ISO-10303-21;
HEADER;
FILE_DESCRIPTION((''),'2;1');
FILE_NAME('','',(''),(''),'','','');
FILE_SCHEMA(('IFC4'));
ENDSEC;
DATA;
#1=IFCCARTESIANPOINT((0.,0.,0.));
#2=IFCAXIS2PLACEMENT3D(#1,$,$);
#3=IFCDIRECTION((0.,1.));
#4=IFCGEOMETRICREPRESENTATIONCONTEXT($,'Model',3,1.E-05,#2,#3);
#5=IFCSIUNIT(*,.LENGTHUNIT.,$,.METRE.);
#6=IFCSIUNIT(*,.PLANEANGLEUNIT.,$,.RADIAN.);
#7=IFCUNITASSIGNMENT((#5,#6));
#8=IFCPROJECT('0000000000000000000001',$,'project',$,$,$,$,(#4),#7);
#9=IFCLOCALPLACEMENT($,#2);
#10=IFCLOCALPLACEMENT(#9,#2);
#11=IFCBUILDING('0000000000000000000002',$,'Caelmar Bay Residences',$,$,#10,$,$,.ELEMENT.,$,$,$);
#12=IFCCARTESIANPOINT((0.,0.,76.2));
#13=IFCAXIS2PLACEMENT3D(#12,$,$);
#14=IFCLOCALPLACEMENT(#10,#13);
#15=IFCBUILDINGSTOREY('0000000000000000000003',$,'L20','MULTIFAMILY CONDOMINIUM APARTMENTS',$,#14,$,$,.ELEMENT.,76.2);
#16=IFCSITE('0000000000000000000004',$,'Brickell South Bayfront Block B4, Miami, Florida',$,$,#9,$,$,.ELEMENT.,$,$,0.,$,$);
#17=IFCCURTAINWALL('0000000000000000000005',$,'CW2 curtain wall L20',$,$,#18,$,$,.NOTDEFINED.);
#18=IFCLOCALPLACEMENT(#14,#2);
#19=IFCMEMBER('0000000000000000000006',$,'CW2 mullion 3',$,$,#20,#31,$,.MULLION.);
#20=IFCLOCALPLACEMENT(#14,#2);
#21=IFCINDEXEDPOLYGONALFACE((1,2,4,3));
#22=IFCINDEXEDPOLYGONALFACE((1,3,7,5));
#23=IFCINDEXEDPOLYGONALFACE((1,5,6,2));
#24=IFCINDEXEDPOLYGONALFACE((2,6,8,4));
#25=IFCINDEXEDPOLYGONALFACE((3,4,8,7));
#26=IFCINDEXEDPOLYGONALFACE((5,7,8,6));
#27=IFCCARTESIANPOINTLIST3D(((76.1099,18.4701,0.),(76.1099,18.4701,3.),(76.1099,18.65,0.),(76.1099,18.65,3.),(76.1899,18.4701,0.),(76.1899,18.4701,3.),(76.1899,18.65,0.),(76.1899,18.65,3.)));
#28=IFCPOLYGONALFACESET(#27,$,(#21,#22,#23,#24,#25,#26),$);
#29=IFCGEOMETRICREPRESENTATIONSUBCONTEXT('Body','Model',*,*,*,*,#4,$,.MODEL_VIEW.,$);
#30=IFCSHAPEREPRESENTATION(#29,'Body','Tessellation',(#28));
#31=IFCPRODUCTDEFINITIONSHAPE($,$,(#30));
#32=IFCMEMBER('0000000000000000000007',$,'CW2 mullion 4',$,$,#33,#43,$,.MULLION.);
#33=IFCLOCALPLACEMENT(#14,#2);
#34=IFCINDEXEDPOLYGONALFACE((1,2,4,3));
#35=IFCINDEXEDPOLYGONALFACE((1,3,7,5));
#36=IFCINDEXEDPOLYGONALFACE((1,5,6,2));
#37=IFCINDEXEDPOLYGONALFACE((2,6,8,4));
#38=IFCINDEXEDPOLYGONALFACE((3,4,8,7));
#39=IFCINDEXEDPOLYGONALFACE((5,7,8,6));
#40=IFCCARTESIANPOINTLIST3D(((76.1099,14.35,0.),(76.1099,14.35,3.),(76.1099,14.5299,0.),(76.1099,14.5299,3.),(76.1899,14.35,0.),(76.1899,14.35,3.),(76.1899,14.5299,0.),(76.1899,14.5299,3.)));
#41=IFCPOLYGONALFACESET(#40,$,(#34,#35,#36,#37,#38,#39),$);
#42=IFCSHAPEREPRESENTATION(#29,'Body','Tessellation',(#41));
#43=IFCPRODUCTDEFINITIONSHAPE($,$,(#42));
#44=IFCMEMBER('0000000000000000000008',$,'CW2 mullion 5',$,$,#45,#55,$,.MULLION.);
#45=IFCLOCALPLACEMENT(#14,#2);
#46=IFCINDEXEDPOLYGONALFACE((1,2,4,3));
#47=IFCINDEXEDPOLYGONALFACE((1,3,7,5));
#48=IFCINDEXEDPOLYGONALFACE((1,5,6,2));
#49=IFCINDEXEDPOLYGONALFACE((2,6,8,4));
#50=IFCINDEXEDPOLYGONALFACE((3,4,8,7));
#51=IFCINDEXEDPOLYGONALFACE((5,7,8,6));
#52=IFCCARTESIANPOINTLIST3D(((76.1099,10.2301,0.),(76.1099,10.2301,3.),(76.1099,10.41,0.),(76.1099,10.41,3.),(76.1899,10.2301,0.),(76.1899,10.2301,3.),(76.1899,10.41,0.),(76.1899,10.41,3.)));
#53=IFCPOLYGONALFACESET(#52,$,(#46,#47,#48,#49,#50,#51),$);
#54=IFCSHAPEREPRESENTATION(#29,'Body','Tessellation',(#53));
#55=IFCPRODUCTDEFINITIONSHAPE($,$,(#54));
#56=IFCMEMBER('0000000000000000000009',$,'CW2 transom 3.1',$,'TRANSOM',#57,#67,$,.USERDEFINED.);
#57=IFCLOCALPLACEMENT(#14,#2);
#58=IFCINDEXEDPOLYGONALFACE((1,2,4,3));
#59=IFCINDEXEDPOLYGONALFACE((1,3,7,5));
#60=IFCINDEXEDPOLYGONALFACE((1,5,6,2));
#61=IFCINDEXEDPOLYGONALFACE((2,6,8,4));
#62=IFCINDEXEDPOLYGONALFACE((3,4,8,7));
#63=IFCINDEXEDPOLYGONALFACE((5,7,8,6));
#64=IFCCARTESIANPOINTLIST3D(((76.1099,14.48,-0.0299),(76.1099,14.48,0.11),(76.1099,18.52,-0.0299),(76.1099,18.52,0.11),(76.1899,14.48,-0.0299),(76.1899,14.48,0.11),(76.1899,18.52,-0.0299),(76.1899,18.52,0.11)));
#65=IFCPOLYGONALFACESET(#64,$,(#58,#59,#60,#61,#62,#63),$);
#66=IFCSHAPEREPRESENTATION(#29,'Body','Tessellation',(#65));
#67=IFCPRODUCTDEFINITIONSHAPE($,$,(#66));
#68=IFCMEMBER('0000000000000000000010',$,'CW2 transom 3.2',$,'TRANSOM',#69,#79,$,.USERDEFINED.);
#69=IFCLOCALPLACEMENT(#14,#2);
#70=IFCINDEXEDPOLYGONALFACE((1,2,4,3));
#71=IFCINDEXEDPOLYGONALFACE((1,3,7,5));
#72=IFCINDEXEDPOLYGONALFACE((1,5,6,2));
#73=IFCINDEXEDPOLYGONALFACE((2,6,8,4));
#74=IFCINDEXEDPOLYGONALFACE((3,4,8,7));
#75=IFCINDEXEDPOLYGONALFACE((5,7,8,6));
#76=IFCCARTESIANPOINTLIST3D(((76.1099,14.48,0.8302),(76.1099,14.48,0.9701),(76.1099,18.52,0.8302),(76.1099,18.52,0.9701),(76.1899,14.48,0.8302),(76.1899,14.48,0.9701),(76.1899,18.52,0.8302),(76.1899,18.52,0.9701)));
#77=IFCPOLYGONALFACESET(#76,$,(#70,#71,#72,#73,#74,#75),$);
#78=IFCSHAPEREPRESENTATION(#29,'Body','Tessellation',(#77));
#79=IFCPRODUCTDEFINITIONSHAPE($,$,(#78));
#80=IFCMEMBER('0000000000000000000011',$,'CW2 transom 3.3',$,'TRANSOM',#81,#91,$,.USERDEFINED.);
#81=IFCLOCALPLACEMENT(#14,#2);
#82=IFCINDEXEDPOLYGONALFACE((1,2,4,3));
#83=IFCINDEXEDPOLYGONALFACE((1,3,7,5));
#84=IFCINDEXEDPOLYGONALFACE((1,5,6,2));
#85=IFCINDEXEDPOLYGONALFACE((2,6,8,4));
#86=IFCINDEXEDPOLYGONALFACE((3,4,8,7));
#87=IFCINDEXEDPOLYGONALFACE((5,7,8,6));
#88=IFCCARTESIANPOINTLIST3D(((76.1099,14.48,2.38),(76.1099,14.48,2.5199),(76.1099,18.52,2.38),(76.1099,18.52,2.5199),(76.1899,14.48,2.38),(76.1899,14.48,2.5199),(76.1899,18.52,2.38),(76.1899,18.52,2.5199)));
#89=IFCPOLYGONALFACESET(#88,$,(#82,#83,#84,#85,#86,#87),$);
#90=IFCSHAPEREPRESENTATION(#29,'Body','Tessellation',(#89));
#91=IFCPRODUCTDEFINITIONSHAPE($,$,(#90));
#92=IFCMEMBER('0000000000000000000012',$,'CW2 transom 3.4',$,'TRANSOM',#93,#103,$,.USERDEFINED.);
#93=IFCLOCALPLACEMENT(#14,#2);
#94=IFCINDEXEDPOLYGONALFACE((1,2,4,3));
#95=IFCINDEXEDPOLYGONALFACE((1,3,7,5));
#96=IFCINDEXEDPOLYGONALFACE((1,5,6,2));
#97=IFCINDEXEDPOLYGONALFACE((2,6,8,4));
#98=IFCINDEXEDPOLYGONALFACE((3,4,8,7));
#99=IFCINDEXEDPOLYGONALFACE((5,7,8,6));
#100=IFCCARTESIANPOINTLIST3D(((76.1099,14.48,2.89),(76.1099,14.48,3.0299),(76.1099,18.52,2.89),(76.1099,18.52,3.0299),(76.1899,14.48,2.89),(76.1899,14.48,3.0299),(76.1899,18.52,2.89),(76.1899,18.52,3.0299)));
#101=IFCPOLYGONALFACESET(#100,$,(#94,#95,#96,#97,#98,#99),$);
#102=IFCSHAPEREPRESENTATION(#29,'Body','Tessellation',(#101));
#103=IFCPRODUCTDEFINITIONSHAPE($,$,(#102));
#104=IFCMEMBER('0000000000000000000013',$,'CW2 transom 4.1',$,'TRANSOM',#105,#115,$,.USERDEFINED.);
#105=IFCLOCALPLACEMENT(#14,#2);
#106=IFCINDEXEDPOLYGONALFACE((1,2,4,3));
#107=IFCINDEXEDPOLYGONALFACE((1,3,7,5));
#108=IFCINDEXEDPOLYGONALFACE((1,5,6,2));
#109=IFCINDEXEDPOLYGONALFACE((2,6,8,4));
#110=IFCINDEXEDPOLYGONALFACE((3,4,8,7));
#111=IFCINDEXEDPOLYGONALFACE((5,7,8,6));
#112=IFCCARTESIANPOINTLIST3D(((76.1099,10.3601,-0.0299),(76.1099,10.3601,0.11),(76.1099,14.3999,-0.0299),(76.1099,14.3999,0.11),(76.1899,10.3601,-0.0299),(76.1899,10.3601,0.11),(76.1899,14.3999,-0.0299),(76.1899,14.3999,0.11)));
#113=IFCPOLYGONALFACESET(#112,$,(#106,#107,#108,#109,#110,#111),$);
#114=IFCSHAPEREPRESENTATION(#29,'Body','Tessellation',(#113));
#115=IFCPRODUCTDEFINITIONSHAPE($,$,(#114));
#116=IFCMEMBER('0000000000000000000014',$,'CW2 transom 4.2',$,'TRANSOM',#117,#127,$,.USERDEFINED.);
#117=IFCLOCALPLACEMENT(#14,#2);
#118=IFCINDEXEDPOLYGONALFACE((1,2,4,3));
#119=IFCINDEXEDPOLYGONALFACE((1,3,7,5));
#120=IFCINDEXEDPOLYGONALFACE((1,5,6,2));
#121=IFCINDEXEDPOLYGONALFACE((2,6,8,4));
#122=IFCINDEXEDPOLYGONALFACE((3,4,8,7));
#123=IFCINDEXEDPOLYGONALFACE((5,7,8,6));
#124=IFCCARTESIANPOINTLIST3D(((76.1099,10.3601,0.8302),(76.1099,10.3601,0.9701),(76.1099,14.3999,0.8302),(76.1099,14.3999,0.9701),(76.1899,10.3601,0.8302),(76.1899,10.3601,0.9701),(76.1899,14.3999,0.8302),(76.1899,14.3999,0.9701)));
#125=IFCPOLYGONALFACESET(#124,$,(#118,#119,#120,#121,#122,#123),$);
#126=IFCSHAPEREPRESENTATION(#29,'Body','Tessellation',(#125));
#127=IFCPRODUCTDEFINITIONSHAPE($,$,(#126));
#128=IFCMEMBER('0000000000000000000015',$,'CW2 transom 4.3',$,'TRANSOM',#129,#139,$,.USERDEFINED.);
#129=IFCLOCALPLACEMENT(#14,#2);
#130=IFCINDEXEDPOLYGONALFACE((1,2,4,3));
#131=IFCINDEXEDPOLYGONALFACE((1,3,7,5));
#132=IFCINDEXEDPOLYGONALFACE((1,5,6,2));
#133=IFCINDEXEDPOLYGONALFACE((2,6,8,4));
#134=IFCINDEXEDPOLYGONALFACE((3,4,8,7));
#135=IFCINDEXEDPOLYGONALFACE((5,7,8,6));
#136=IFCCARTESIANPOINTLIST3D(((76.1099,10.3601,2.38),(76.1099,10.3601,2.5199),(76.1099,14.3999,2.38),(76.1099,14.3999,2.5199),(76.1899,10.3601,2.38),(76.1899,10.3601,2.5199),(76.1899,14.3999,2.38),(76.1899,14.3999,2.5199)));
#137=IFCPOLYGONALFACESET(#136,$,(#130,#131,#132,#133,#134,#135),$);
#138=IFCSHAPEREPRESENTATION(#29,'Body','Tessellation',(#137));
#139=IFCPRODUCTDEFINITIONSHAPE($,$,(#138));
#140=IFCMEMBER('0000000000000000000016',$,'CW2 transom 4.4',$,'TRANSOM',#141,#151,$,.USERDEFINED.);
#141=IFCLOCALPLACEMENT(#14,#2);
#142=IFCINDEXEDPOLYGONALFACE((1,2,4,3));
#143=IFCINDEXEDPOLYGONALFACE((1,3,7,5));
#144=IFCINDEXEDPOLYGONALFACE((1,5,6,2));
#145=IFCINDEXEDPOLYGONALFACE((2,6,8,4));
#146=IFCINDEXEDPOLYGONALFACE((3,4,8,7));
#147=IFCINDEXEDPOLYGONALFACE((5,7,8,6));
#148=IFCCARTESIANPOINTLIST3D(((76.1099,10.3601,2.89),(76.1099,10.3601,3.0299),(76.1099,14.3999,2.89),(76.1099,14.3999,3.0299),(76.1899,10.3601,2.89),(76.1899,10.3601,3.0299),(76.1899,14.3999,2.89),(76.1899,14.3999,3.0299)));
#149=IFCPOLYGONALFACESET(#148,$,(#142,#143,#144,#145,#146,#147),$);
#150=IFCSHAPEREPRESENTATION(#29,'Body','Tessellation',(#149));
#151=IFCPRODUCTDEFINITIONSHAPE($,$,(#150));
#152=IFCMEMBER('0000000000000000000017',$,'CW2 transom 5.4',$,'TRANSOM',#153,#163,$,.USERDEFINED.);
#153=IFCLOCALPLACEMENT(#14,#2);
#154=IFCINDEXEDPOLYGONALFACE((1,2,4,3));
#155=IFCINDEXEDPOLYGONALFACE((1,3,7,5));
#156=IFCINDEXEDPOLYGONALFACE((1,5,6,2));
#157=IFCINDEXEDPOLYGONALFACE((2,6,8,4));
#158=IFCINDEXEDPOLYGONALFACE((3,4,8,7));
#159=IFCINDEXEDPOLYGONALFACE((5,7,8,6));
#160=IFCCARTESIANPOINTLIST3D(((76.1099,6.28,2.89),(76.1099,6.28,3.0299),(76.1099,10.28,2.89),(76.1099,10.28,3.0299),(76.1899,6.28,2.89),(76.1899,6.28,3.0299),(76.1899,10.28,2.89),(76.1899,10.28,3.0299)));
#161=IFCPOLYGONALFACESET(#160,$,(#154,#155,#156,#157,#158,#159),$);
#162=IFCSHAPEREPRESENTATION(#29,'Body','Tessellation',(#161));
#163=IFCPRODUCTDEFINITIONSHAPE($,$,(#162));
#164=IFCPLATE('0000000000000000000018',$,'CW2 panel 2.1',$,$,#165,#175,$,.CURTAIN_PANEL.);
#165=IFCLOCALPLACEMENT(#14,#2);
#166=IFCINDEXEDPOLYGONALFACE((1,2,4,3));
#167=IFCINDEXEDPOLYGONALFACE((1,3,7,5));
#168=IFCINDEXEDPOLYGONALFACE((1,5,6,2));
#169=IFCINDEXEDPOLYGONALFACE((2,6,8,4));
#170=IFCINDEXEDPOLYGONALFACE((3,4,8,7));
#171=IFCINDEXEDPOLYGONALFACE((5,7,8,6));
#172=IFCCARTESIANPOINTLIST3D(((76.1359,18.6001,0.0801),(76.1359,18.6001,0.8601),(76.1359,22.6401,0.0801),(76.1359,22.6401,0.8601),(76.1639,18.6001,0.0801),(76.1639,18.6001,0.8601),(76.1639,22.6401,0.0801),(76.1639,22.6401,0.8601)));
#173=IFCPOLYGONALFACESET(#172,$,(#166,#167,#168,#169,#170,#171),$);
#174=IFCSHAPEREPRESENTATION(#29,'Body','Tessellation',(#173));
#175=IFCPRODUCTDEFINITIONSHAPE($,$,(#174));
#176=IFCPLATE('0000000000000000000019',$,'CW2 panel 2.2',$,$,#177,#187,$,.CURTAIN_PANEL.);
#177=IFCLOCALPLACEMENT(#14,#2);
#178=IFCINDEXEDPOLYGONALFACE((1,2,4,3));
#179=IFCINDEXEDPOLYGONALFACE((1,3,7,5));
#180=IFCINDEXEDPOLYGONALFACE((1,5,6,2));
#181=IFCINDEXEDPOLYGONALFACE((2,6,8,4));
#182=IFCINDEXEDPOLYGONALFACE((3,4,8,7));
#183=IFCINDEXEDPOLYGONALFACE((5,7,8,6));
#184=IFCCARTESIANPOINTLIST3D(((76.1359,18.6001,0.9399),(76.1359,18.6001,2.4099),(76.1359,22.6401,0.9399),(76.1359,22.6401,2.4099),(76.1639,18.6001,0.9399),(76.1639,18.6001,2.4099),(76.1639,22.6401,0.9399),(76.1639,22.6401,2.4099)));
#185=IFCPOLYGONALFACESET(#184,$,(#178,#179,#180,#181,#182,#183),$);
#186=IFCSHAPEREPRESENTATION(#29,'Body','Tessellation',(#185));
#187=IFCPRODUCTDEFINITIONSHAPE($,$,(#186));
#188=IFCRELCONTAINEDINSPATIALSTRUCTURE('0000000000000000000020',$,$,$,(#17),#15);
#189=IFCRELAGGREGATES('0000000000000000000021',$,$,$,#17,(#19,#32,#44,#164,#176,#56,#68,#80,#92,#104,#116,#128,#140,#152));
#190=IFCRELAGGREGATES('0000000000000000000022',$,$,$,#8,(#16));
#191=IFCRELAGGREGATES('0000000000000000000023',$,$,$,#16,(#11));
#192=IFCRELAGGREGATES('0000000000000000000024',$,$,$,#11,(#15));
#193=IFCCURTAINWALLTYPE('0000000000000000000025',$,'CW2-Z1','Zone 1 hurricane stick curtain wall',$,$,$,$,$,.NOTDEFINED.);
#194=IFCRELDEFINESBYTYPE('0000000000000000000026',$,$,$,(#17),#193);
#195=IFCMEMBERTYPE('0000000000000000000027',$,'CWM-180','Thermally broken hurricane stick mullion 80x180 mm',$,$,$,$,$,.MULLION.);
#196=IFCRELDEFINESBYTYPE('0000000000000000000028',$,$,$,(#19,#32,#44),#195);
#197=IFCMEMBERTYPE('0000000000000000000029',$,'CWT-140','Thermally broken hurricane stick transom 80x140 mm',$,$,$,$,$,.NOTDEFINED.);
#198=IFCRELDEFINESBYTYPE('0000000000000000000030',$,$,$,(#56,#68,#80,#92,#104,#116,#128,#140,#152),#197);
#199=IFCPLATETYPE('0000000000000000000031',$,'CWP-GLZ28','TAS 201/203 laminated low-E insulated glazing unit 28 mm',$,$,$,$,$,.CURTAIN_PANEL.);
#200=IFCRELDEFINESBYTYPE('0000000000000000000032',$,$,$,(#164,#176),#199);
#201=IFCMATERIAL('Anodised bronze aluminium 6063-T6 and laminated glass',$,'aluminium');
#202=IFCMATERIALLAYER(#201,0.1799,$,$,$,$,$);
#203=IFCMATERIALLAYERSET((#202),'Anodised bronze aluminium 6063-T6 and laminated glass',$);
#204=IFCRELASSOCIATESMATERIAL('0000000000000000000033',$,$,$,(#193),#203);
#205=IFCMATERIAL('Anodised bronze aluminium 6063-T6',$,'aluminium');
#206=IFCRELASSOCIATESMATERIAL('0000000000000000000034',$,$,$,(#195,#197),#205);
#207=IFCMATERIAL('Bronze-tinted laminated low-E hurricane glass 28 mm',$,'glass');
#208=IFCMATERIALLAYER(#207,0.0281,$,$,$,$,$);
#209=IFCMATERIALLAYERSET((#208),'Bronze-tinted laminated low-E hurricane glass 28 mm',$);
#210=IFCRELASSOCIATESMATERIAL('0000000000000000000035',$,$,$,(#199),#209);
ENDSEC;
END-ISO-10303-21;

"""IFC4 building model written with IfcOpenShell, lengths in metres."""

from ifc_helpers import new_model, si_unit, direction, frame, origin, origin_2d, place, context, subcontext, project, spatial, rectangle, extrude, material, layer, layer_set, material_profile, profile_set, type_object, element, aggregate, save


model = new_model("IFC4")

# Units and contexts
model_context = context("Model", 3, precision=1e-05, world=origin(), true_north=direction((0.0, 1.0)))
body_context = subcontext(model_context, "Body", "Model", "MODEL_VIEW")
ifc_project = project(units=[si_unit("LENGTHUNIT", "METRE"), si_unit("PLANEANGLEUNIT", "RADIAN")], contexts=[model_context])

# Site, building, storey
site_placement = place(None, origin())
site = spatial("IfcSite", under=ifc_project, at=site_placement, Name="Brickell South Bayfront Block B4, Miami, Florida", CompositionType="ELEMENT", RefElevation=0.0)
building_placement = place(site_placement, origin())
building = spatial("IfcBuilding", under=site, at=building_placement, Name="Caelmar Bay Residences", CompositionType="ELEMENT")
storey_placement = place(building_placement, frame((0.0, 0.0, 76.2)))
storey = spatial("IfcBuildingStorey", under=building, at=storey_placement, Name="L20", Description="MULTIFAMILY CONDOMINIUM APARTMENTS", CompositionType="ELEMENT", Elevation=76.2)

# Curtain wall, members, plates
ifc_material_1 = material(Name="Anodised bronze aluminium 6063-T6 and laminated glass", Category="aluminium")
ifc_layer_1 = layer(ifc_material_1, 0.1799)
ifc_layer_set_1 = layer_set([ifc_layer_1], Name="Anodised bronze aluminium 6063-T6 and laminated glass")
curtain_wall_type = type_object("IfcCurtainWallType", Name="CW2-Z1", Description="Zone 1 hurricane stick curtain wall", PredefinedType="NOTDEFINED", material=ifc_layer_set_1)
curtain_wall_placement = place(storey_placement, origin())
curtain_wall = element("IfcCurtainWall", 1, at=curtain_wall_placement, inside=storey, type_object=curtain_wall_type, Name="CW2 curtain wall L20", PredefinedType="NOTDEFINED")
ifc_material_2 = material(Name="Anodised bronze aluminium 6063-T6", Category="aluminium")
ifc_material_profile_1 = material_profile(ifc_material_2, rectangle(XDim=0.0801, YDim=0.1799, at=origin_2d()), Name="CWM-80X180")
ifc_profile_set_1 = profile_set([ifc_material_profile_1], Name="Anodised bronze aluminium 6063-T6")
member_type_1 = type_object("IfcMemberType", Name="CWM-180", Description="Thermally broken hurricane stick mullion 80x180 mm", PredefinedType="MULLION", material=ifc_profile_set_1)
member_1_placement = place(storey_placement, frame((76.1499, 18.5601, 0.0), z_axis=(0.0, 0.0, 1.0), x_axis=(1.0, 0.0, 0.0)))
member_1 = element("IfcMember", 2, at=member_1_placement, type_object=member_type_1, Name="CW2 mullion 3", PredefinedType="MULLION", context=body_context, shape_type="SweptSolid", body=[
    extrude(rectangle(XDim=0.0801, YDim=0.1799, at=origin_2d()), origin(), (0.0, 0.0, 1.0), 3.0),
])
member_2_placement = place(storey_placement, frame((76.1499, 14.4399, 0.0), z_axis=(0.0, 0.0, 1.0), x_axis=(1.0, 0.0, 0.0)))
member_2 = element("IfcMember", 3, at=member_2_placement, type_object=member_type_1, Name="CW2 mullion 4", PredefinedType="MULLION", context=body_context, shape_type="SweptSolid", body=[
    extrude(rectangle(XDim=0.0801, YDim=0.1799, at=origin_2d()), origin(), (0.0, 0.0, 1.0), 3.0),
])
member_3_placement = place(storey_placement, frame((76.1499, 10.3201, 0.0), z_axis=(0.0, 0.0, 1.0), x_axis=(1.0, 0.0, 0.0)))
member_3 = element("IfcMember", 4, at=member_3_placement, type_object=member_type_1, Name="CW2 mullion 5", PredefinedType="MULLION", context=body_context, shape_type="SweptSolid", body=[
    extrude(rectangle(XDim=0.0801, YDim=0.1799, at=origin_2d()), origin(), (0.0, 0.0, 1.0), 3.0),
])
ifc_material_profile_2 = material_profile(ifc_material_2, rectangle(XDim=0.0801, YDim=0.1399, at=origin_2d()), Name="CWT-80X140")
ifc_profile_set_2 = profile_set([ifc_material_profile_2], Name="Anodised bronze aluminium 6063-T6")
member_type_2 = type_object("IfcMemberType", Name="CWT-140", Description="Thermally broken hurricane stick transom 80x140 mm", PredefinedType="NOTDEFINED", material=ifc_profile_set_2)
member_4_placement = place(storey_placement, frame((76.1499, 18.52, 0.04), z_axis=(0.0, -1.0, 0.0), x_axis=(1.0, 0.0, 0.0)))
member_4 = element("IfcMember", 5, at=member_4_placement, type_object=member_type_2, Name="CW2 transom 3.1", ObjectType="TRANSOM", PredefinedType="USERDEFINED", context=body_context, shape_type="SweptSolid", body=[
    extrude(rectangle(XDim=0.0801, YDim=0.1399, at=origin_2d()), origin(), (0.0, 0.0, 1.0), 4.04),
])
member_5_placement = place(storey_placement, frame((76.1499, 18.52, 0.9001), z_axis=(0.0, -1.0, 0.0), x_axis=(1.0, 0.0, 0.0)))
member_5 = element("IfcMember", 6, at=member_5_placement, type_object=member_type_2, Name="CW2 transom 3.2", ObjectType="TRANSOM", PredefinedType="USERDEFINED", context=body_context, shape_type="SweptSolid", body=[
    extrude(rectangle(XDim=0.0801, YDim=0.1399, at=origin_2d()), origin(), (0.0, 0.0, 1.0), 4.04),
])
member_6_placement = place(storey_placement, frame((76.1499, 18.52, 2.45), z_axis=(0.0, -1.0, 0.0), x_axis=(1.0, 0.0, 0.0)))
member_6 = element("IfcMember", 7, at=member_6_placement, type_object=member_type_2, Name="CW2 transom 3.3", ObjectType="TRANSOM", PredefinedType="USERDEFINED", context=body_context, shape_type="SweptSolid", body=[
    extrude(rectangle(XDim=0.0801, YDim=0.1399, at=origin_2d()), origin(), (0.0, 0.0, 1.0), 4.04),
])
member_7_placement = place(storey_placement, frame((76.1499, 18.52, 2.96), z_axis=(0.0, -1.0, 0.0), x_axis=(1.0, 0.0, 0.0)))
member_7 = element("IfcMember", 8, at=member_7_placement, type_object=member_type_2, Name="CW2 transom 3.4", ObjectType="TRANSOM", PredefinedType="USERDEFINED", context=body_context, shape_type="SweptSolid", body=[
    extrude(rectangle(XDim=0.0801, YDim=0.1399, at=origin_2d()), origin(), (0.0, 0.0, 1.0), 4.04),
])
member_8_placement = place(storey_placement, frame((76.1499, 14.3999, 0.04), z_axis=(0.0, -1.0, 0.0), x_axis=(1.0, 0.0, 0.0)))
member_8 = element("IfcMember", 9, at=member_8_placement, type_object=member_type_2, Name="CW2 transom 4.1", ObjectType="TRANSOM", PredefinedType="USERDEFINED", context=body_context, shape_type="SweptSolid", body=[
    extrude(rectangle(XDim=0.0801, YDim=0.1399, at=origin_2d()), origin(), (0.0, 0.0, 1.0), 4.0398),
])
member_9_placement = place(storey_placement, frame((76.1499, 14.3999, 0.9001), z_axis=(0.0, -1.0, 0.0), x_axis=(1.0, 0.0, 0.0)))
member_9 = element("IfcMember", 10, at=member_9_placement, type_object=member_type_2, Name="CW2 transom 4.2", ObjectType="TRANSOM", PredefinedType="USERDEFINED", context=body_context, shape_type="SweptSolid", body=[
    extrude(rectangle(XDim=0.0801, YDim=0.1399, at=origin_2d()), origin(), (0.0, 0.0, 1.0), 4.0398),
])
member_10_placement = place(storey_placement, frame((76.1499, 14.3999, 2.45), z_axis=(0.0, -1.0, 0.0), x_axis=(1.0, 0.0, 0.0)))
member_10 = element("IfcMember", 11, at=member_10_placement, type_object=member_type_2, Name="CW2 transom 4.3", ObjectType="TRANSOM", PredefinedType="USERDEFINED", context=body_context, shape_type="SweptSolid", body=[
    extrude(rectangle(XDim=0.0801, YDim=0.1399, at=origin_2d()), origin(), (0.0, 0.0, 1.0), 4.0398),
])
member_11_placement = place(storey_placement, frame((76.1499, 14.3999, 2.96), z_axis=(0.0, -1.0, 0.0), x_axis=(1.0, 0.0, 0.0)))
member_11 = element("IfcMember", 12, at=member_11_placement, type_object=member_type_2, Name="CW2 transom 4.4", ObjectType="TRANSOM", PredefinedType="USERDEFINED", context=body_context, shape_type="SweptSolid", body=[
    extrude(rectangle(XDim=0.0801, YDim=0.1399, at=origin_2d()), origin(), (0.0, 0.0, 1.0), 4.0398),
])
member_12_placement = place(storey_placement, frame((76.1499, 10.28, 2.96), z_axis=(0.0, -1.0, 0.0), x_axis=(1.0, 0.0, 0.0)))
member_12 = element("IfcMember", 13, at=member_12_placement, type_object=member_type_2, Name="CW2 transom 5.4", ObjectType="TRANSOM", PredefinedType="USERDEFINED", context=body_context, shape_type="SweptSolid", body=[
    extrude(rectangle(XDim=0.0801, YDim=0.1399, at=origin_2d()), origin(), (0.0, 0.0, 1.0), 4.0),
])
ifc_material_3 = material(Name="Bronze-tinted laminated low-E hurricane glass 28 mm", Category="glass")
ifc_layer_2 = layer(ifc_material_3, 0.0281)
ifc_layer_set_2 = layer_set([ifc_layer_2], Name="Bronze-tinted laminated low-E hurricane glass 28 mm")
plate_type = type_object("IfcPlateType", Name="CWP-GLZ28", Description="TAS 201/203 laminated low-E insulated glazing unit 28 mm", PredefinedType="CURTAIN_PANEL", material=ifc_layer_set_2)
plate_1_placement = place(storey_placement, frame((76.1499, 20.6201, 0.0801), z_axis=(0.0, 0.0, 1.0), x_axis=(0.0, -1.0, 0.0)))
plate_1 = element("IfcPlate", 14, at=plate_1_placement, type_object=plate_type, Name="CW2 panel 2.1", PredefinedType="CURTAIN_PANEL", context=body_context, shape_type="SweptSolid", body=[
    extrude(rectangle(XDim=4.04, YDim=0.0281, at=origin_2d()), origin(), (0.0, 0.0, 1.0), 0.78),
])
plate_2_placement = place(storey_placement, frame((76.1499, 20.6201, 0.9399), z_axis=(0.0, 0.0, 1.0), x_axis=(0.0, -1.0, 0.0)))
plate_2 = element("IfcPlate", 15, at=plate_2_placement, type_object=plate_type, Name="CW2 panel 2.2", PredefinedType="CURTAIN_PANEL", context=body_context, shape_type="SweptSolid", body=[
    extrude(rectangle(XDim=4.04, YDim=0.0281, at=origin_2d()), origin(), (0.0, 0.0, 1.0), 1.47),
])
aggregate(curtain_wall, [member_1, member_2, member_3, plate_1, plate_2, member_4, member_5, member_6, member_7, member_8, member_9, member_10, member_11, member_12])

save(model, "model.ifc")
